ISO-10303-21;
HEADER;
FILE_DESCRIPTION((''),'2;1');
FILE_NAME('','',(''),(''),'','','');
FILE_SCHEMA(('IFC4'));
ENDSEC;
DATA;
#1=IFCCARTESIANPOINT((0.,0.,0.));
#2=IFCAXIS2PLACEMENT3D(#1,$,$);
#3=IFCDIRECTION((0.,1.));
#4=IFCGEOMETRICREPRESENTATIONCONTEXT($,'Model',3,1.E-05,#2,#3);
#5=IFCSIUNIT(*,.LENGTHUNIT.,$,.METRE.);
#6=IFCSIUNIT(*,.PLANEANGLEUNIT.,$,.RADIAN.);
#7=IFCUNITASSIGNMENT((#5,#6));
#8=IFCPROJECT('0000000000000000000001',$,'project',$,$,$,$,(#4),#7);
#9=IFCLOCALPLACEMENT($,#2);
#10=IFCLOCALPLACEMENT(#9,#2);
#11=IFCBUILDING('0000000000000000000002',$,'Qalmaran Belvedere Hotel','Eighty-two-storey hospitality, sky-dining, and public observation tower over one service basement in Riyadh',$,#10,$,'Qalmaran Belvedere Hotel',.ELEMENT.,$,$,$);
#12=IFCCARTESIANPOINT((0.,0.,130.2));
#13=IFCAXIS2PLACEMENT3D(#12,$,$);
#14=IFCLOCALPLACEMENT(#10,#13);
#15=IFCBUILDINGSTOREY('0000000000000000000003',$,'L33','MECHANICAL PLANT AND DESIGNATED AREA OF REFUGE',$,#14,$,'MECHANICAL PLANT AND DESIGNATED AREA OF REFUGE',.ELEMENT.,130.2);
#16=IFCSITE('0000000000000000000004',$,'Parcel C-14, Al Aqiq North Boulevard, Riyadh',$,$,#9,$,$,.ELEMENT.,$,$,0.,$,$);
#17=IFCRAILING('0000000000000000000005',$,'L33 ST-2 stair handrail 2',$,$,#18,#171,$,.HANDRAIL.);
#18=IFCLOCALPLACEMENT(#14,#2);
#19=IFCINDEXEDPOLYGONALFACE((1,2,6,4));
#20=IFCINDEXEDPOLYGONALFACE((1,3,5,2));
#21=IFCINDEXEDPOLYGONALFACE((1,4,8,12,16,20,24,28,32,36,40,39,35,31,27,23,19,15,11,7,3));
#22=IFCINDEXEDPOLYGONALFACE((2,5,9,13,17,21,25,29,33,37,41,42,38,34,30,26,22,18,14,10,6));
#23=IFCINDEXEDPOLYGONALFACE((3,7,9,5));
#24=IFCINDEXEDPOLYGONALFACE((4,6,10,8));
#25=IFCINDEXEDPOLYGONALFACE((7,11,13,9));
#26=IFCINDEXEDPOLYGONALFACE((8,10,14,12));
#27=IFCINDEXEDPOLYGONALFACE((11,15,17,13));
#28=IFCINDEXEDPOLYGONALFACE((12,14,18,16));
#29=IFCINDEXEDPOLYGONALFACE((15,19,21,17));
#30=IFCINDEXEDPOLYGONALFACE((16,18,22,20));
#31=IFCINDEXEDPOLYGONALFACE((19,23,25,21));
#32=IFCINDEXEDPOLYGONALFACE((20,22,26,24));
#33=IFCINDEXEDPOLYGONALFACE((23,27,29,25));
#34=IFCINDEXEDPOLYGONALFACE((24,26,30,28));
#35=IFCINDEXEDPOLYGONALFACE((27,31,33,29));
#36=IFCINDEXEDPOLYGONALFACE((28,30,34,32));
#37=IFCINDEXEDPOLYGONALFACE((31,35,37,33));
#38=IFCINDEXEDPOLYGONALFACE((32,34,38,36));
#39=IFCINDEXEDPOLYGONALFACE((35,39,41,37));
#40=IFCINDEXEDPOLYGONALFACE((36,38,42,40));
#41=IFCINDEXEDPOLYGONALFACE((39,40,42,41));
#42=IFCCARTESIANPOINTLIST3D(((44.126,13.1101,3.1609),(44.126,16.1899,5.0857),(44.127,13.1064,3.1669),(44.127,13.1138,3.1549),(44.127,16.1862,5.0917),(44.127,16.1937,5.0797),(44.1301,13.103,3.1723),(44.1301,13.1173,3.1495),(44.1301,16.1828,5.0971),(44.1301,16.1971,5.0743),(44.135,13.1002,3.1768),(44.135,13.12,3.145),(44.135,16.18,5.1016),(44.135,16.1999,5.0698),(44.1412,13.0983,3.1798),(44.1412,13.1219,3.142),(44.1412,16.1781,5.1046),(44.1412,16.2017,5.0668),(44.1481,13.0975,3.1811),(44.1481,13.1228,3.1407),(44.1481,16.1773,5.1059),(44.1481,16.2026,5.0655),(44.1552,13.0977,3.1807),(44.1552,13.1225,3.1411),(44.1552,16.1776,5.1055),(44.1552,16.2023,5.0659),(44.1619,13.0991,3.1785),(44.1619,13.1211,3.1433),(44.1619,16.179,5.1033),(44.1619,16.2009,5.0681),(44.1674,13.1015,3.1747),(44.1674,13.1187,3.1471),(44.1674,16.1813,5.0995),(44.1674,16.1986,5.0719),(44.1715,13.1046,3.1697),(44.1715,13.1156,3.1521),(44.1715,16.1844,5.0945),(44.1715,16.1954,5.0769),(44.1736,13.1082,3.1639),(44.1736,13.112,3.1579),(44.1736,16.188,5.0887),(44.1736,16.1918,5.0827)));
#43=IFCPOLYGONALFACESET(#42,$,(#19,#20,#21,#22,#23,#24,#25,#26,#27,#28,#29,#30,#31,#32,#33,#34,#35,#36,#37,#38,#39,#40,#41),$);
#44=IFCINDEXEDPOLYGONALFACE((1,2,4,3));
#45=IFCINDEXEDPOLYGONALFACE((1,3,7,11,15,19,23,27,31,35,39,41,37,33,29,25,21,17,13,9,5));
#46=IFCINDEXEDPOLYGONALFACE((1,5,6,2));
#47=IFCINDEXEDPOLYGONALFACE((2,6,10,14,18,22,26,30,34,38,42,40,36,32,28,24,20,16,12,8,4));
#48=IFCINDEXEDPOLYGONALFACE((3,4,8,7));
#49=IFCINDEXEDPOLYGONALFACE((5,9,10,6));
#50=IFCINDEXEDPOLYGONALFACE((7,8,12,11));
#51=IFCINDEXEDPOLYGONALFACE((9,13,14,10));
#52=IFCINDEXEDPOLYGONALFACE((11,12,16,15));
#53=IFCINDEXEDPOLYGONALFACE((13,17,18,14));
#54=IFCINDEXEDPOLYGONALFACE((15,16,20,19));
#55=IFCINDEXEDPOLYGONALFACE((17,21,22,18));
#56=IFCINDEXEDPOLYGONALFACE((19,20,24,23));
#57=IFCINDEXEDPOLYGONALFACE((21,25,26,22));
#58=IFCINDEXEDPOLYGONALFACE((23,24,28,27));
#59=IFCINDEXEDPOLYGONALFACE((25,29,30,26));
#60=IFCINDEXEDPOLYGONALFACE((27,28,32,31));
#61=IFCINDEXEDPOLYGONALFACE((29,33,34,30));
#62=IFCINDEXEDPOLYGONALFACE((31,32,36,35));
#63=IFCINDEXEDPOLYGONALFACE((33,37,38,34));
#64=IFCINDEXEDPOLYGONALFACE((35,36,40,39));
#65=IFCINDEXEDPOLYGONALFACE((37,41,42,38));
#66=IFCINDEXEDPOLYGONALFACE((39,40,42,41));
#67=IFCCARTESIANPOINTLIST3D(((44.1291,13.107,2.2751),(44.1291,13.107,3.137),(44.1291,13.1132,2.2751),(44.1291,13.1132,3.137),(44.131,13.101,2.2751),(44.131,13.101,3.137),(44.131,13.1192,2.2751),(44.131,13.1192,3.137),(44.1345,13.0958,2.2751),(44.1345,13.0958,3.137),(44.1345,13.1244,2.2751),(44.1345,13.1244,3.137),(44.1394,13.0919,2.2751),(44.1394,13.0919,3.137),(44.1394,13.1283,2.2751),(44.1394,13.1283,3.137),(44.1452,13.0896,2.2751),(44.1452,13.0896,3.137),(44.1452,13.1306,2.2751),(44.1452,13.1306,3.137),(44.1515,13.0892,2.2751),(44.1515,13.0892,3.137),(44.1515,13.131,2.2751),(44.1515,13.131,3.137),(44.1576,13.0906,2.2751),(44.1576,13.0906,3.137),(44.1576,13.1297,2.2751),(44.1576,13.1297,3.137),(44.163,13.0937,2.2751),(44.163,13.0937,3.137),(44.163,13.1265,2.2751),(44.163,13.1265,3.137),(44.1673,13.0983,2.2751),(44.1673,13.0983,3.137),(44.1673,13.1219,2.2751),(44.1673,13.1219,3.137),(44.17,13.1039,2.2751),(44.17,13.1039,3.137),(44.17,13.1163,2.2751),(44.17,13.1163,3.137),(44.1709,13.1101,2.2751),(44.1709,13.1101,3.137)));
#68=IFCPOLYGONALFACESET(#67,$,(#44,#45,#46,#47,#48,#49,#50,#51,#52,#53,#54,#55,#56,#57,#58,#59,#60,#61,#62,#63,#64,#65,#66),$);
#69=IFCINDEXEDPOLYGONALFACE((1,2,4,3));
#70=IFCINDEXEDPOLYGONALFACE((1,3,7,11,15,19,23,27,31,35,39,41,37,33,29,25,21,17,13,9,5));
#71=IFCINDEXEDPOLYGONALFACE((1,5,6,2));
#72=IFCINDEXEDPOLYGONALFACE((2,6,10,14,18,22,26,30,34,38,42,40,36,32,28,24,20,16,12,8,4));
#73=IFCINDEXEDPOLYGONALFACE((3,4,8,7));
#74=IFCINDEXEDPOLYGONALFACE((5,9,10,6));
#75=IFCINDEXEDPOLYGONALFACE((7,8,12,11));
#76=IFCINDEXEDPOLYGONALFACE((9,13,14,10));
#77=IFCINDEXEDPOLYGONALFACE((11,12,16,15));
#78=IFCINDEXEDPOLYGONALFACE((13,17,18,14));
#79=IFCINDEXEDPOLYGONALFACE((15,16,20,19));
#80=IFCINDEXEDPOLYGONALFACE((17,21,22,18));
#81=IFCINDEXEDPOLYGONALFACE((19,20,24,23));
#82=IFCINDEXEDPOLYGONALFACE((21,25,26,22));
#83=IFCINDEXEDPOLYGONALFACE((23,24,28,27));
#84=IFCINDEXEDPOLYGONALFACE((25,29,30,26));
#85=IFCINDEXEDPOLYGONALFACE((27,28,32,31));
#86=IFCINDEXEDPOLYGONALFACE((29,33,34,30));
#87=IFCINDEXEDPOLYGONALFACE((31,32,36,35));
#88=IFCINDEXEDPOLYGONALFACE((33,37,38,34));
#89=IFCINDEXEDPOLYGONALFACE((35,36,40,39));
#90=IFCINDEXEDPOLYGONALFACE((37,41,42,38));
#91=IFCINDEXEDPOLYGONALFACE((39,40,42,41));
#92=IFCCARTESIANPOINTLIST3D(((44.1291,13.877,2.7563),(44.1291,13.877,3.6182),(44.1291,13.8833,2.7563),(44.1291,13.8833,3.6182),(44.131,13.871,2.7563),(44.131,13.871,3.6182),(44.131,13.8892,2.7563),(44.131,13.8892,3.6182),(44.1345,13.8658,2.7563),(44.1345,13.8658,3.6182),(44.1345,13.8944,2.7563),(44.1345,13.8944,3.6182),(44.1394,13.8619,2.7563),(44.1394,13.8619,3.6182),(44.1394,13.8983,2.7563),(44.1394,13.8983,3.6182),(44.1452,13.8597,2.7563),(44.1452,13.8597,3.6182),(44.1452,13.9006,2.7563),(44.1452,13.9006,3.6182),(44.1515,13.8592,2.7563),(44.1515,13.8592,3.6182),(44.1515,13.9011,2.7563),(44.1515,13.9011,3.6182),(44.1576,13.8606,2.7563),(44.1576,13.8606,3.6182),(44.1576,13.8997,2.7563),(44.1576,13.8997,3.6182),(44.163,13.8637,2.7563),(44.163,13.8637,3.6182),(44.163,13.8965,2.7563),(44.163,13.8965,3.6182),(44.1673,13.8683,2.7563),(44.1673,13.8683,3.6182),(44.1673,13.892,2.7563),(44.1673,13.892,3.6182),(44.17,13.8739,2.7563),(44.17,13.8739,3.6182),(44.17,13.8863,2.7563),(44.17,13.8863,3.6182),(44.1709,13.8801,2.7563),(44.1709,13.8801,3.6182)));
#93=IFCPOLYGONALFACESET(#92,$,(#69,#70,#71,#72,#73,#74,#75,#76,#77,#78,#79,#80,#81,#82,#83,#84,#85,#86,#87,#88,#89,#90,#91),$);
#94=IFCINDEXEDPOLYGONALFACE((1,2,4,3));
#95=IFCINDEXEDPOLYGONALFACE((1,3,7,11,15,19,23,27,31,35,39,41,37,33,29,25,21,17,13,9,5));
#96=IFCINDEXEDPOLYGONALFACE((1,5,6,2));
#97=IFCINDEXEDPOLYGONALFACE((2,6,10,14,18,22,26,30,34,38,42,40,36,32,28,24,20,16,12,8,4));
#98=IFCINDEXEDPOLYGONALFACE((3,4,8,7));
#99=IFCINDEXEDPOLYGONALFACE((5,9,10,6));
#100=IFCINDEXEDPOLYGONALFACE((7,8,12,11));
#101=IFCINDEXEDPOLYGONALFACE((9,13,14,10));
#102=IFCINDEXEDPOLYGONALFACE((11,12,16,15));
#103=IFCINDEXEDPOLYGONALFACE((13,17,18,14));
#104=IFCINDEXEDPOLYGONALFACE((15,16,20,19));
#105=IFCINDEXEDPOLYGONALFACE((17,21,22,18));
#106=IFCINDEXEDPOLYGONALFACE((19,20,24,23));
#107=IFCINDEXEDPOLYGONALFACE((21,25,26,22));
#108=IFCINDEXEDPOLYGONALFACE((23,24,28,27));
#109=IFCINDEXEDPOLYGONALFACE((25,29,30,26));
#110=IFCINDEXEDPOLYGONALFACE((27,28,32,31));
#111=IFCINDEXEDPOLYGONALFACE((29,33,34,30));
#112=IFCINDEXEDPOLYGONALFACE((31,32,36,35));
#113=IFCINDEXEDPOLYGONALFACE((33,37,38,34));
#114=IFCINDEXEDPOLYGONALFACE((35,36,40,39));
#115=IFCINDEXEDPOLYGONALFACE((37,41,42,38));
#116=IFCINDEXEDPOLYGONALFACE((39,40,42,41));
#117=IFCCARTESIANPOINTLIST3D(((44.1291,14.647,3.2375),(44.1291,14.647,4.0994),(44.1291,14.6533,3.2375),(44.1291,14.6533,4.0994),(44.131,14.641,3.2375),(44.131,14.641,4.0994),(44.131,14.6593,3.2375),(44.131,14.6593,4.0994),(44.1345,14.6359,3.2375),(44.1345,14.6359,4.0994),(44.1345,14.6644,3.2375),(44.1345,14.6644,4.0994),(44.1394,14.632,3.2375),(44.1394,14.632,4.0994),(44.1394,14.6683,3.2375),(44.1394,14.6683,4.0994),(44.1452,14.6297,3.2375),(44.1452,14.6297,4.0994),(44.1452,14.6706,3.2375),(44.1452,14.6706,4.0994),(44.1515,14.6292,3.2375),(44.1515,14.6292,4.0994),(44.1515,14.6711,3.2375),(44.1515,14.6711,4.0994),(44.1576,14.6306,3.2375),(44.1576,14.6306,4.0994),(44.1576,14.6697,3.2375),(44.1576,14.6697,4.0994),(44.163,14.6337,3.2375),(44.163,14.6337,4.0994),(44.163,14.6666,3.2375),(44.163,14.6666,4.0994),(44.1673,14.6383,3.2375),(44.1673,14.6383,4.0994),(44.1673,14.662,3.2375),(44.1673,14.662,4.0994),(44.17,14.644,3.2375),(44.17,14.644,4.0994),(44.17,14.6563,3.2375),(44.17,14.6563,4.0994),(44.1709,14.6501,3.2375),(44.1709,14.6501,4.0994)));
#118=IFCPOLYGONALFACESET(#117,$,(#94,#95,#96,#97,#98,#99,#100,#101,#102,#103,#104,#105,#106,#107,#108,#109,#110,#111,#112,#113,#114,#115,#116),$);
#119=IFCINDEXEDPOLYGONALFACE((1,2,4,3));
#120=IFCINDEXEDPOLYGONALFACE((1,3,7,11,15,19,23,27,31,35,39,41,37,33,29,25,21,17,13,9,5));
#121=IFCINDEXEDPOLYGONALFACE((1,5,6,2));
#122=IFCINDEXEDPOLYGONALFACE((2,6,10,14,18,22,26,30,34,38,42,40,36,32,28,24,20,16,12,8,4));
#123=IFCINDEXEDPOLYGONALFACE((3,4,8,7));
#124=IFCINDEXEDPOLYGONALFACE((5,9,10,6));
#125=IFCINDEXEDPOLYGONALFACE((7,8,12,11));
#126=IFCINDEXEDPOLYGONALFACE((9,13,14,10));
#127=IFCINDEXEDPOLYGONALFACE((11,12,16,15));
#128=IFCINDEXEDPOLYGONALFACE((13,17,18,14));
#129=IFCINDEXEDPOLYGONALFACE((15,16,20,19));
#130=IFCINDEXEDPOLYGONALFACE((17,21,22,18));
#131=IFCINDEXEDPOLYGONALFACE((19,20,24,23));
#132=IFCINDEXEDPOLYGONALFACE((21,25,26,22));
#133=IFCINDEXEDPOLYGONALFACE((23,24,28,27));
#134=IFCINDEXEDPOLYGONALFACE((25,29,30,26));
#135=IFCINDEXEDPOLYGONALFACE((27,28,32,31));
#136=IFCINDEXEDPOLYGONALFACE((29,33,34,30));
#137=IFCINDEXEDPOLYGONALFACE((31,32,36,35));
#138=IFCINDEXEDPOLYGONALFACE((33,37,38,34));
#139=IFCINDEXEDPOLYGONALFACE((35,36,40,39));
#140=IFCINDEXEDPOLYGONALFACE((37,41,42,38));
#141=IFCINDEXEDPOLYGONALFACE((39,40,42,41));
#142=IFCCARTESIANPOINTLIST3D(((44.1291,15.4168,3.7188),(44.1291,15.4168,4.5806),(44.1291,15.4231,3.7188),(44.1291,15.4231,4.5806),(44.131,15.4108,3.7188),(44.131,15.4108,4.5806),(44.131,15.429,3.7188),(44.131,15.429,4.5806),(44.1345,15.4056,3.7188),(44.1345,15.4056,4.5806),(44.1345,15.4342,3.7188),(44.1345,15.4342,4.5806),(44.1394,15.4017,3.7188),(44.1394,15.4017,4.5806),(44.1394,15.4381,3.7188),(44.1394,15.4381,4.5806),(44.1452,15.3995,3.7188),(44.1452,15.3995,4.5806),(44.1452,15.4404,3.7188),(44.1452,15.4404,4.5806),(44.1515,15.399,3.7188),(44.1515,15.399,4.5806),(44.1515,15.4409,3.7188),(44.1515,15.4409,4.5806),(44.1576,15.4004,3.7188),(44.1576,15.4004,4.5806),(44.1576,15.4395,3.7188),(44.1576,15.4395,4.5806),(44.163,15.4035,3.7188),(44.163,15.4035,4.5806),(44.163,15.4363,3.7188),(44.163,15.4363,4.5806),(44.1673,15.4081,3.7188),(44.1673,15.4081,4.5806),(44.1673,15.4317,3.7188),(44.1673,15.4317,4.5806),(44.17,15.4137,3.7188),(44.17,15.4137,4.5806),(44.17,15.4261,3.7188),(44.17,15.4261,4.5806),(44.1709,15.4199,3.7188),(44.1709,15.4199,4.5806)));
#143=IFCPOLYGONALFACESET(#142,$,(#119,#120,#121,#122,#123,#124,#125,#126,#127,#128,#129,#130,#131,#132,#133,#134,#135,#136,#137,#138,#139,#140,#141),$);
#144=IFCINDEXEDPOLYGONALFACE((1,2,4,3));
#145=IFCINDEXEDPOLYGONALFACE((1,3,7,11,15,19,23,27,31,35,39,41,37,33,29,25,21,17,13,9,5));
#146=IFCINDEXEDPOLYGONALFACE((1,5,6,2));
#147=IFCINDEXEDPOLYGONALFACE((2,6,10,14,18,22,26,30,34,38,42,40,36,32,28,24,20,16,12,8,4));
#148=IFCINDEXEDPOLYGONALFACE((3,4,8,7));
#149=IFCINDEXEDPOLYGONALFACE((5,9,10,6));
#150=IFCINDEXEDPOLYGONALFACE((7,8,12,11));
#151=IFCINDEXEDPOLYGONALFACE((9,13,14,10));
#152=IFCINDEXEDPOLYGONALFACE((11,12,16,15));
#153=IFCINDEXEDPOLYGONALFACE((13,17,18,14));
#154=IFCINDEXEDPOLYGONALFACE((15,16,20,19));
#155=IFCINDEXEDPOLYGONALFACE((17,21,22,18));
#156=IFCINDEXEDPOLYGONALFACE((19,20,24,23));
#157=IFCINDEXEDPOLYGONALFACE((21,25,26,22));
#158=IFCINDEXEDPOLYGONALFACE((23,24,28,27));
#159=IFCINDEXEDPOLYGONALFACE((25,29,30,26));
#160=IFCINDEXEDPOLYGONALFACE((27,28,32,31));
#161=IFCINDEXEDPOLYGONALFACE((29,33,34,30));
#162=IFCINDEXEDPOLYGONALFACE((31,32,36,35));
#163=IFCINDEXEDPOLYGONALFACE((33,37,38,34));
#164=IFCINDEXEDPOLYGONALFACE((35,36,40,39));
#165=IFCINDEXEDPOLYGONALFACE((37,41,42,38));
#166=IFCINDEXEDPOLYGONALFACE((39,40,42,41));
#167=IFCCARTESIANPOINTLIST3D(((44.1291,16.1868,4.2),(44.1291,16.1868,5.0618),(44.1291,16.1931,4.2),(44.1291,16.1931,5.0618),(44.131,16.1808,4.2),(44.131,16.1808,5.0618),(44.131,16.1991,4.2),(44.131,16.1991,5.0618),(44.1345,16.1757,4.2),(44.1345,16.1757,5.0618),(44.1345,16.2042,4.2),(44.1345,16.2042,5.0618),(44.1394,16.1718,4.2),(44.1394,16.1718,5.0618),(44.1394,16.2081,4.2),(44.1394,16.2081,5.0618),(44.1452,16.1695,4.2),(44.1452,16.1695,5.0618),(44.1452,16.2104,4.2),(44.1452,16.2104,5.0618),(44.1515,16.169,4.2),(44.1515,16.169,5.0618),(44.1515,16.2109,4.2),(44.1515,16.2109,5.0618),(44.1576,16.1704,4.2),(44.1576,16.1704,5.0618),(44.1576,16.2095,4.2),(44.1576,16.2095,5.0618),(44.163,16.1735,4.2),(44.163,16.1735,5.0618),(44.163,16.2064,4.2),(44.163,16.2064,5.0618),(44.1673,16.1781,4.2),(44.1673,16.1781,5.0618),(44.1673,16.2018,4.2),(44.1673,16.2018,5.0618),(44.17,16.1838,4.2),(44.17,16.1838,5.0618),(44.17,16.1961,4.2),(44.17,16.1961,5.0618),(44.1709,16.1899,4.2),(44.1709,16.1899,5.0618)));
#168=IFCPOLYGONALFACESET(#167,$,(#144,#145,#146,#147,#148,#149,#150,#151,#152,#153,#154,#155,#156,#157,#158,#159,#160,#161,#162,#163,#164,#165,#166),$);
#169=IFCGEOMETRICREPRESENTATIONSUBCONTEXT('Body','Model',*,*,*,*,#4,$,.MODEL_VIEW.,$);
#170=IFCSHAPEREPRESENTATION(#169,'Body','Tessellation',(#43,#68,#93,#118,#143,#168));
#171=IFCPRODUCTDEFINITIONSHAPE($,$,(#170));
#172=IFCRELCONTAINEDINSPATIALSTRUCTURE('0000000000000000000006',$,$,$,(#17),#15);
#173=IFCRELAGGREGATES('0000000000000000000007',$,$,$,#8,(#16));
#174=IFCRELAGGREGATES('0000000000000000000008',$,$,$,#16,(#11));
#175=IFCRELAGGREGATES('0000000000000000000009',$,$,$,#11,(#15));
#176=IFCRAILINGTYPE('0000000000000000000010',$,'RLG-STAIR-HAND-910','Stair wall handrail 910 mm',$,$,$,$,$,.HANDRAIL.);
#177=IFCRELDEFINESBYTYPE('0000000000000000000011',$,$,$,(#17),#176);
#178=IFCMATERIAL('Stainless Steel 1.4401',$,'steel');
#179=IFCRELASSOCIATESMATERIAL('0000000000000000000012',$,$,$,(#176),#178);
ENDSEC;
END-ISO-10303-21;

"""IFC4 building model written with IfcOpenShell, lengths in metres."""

from ifc_helpers import new_model, si_unit, direction, frame, origin, origin_2d, place, context, subcontext, project, spatial, circle, extrude, material, type_object, element, save


model = new_model("IFC4")

# Units and contexts
model_context = context("Model", 3, precision=1e-05, world=origin(), true_north=direction((0.0, 1.0)))
body_context = subcontext(model_context, "Body", "Model", "MODEL_VIEW")
ifc_project = project(units=[si_unit("LENGTHUNIT", "METRE"), si_unit("PLANEANGLEUNIT", "RADIAN")], contexts=[model_context])

# Site, building, storey
site_placement = place(None, origin())
site = spatial("IfcSite", under=ifc_project, at=site_placement, Name="Parcel C-14, Al Aqiq North Boulevard, Riyadh", CompositionType="ELEMENT", RefElevation=0.0)
building_placement = place(site_placement, origin())
building = spatial("IfcBuilding", under=site, at=building_placement, Name="Qalmaran Belvedere Hotel", Description="Eighty-two-storey hospitality, sky-dining, and public observation tower over one service basement in Riyadh", LongName="Qalmaran Belvedere Hotel", CompositionType="ELEMENT")
storey_placement = place(building_placement, frame((0.0, 0.0, 130.2)))
storey = spatial("IfcBuildingStorey", under=building, at=storey_placement, Name="L33", Description="MECHANICAL PLANT AND DESIGNATED AREA OF REFUGE", LongName="MECHANICAL PLANT AND DESIGNATED AREA OF REFUGE", CompositionType="ELEMENT", Elevation=130.2)

# Railing
ifc_material_1 = material(Name="Stainless Steel 1.4401", Category="steel")
railing_type_1 = type_object("IfcRailingType", Name="RLG-STAIR-HAND-910", Description="Stair wall handrail 910 mm", PredefinedType="HANDRAIL", material=ifc_material_1)
railing_1_placement = place(storey_placement, frame((44.1499, 13.1101, 2.2751)))
element("IfcRailing", 1, at=railing_1_placement, inside=storey, type_object=railing_type_1, Name="L33 ST-2 stair handrail 2", PredefinedType="HANDRAIL", context=body_context, shape_type="SweptSolid", body=[
    extrude(circle(Radius=0.0239, at=origin_2d()), frame((0.0, 0.0, 0.8857), z_axis=(0.0, 0.84801, 0.529981), x_axis=(-1.0, 0.0, 0.0)), (0.0, 0.0, 1.0), 3.6318),
    extrude(circle(Radius=0.021, at=origin_2d()), origin(), (0.0, 0.0, 1.0), 0.8618),
    extrude(circle(Radius=0.021, at=origin_2d()), frame((0.0, 0.77, 0.4812)), (0.0, 0.0, 1.0), 0.8618),
    extrude(circle(Radius=0.021, at=origin_2d()), frame((0.0, 1.54, 0.9624)), (0.0, 0.0, 1.0), 0.8618),
    extrude(circle(Radius=0.021, at=origin_2d()), frame((0.0, 2.3098, 1.4436)), (0.0, 0.0, 1.0), 0.8618),
    extrude(circle(Radius=0.021, at=origin_2d()), frame((0.0, 3.0798, 1.9248)), (0.0, 0.0, 1.0), 0.8618),
])

save(model, "model.ifc")
